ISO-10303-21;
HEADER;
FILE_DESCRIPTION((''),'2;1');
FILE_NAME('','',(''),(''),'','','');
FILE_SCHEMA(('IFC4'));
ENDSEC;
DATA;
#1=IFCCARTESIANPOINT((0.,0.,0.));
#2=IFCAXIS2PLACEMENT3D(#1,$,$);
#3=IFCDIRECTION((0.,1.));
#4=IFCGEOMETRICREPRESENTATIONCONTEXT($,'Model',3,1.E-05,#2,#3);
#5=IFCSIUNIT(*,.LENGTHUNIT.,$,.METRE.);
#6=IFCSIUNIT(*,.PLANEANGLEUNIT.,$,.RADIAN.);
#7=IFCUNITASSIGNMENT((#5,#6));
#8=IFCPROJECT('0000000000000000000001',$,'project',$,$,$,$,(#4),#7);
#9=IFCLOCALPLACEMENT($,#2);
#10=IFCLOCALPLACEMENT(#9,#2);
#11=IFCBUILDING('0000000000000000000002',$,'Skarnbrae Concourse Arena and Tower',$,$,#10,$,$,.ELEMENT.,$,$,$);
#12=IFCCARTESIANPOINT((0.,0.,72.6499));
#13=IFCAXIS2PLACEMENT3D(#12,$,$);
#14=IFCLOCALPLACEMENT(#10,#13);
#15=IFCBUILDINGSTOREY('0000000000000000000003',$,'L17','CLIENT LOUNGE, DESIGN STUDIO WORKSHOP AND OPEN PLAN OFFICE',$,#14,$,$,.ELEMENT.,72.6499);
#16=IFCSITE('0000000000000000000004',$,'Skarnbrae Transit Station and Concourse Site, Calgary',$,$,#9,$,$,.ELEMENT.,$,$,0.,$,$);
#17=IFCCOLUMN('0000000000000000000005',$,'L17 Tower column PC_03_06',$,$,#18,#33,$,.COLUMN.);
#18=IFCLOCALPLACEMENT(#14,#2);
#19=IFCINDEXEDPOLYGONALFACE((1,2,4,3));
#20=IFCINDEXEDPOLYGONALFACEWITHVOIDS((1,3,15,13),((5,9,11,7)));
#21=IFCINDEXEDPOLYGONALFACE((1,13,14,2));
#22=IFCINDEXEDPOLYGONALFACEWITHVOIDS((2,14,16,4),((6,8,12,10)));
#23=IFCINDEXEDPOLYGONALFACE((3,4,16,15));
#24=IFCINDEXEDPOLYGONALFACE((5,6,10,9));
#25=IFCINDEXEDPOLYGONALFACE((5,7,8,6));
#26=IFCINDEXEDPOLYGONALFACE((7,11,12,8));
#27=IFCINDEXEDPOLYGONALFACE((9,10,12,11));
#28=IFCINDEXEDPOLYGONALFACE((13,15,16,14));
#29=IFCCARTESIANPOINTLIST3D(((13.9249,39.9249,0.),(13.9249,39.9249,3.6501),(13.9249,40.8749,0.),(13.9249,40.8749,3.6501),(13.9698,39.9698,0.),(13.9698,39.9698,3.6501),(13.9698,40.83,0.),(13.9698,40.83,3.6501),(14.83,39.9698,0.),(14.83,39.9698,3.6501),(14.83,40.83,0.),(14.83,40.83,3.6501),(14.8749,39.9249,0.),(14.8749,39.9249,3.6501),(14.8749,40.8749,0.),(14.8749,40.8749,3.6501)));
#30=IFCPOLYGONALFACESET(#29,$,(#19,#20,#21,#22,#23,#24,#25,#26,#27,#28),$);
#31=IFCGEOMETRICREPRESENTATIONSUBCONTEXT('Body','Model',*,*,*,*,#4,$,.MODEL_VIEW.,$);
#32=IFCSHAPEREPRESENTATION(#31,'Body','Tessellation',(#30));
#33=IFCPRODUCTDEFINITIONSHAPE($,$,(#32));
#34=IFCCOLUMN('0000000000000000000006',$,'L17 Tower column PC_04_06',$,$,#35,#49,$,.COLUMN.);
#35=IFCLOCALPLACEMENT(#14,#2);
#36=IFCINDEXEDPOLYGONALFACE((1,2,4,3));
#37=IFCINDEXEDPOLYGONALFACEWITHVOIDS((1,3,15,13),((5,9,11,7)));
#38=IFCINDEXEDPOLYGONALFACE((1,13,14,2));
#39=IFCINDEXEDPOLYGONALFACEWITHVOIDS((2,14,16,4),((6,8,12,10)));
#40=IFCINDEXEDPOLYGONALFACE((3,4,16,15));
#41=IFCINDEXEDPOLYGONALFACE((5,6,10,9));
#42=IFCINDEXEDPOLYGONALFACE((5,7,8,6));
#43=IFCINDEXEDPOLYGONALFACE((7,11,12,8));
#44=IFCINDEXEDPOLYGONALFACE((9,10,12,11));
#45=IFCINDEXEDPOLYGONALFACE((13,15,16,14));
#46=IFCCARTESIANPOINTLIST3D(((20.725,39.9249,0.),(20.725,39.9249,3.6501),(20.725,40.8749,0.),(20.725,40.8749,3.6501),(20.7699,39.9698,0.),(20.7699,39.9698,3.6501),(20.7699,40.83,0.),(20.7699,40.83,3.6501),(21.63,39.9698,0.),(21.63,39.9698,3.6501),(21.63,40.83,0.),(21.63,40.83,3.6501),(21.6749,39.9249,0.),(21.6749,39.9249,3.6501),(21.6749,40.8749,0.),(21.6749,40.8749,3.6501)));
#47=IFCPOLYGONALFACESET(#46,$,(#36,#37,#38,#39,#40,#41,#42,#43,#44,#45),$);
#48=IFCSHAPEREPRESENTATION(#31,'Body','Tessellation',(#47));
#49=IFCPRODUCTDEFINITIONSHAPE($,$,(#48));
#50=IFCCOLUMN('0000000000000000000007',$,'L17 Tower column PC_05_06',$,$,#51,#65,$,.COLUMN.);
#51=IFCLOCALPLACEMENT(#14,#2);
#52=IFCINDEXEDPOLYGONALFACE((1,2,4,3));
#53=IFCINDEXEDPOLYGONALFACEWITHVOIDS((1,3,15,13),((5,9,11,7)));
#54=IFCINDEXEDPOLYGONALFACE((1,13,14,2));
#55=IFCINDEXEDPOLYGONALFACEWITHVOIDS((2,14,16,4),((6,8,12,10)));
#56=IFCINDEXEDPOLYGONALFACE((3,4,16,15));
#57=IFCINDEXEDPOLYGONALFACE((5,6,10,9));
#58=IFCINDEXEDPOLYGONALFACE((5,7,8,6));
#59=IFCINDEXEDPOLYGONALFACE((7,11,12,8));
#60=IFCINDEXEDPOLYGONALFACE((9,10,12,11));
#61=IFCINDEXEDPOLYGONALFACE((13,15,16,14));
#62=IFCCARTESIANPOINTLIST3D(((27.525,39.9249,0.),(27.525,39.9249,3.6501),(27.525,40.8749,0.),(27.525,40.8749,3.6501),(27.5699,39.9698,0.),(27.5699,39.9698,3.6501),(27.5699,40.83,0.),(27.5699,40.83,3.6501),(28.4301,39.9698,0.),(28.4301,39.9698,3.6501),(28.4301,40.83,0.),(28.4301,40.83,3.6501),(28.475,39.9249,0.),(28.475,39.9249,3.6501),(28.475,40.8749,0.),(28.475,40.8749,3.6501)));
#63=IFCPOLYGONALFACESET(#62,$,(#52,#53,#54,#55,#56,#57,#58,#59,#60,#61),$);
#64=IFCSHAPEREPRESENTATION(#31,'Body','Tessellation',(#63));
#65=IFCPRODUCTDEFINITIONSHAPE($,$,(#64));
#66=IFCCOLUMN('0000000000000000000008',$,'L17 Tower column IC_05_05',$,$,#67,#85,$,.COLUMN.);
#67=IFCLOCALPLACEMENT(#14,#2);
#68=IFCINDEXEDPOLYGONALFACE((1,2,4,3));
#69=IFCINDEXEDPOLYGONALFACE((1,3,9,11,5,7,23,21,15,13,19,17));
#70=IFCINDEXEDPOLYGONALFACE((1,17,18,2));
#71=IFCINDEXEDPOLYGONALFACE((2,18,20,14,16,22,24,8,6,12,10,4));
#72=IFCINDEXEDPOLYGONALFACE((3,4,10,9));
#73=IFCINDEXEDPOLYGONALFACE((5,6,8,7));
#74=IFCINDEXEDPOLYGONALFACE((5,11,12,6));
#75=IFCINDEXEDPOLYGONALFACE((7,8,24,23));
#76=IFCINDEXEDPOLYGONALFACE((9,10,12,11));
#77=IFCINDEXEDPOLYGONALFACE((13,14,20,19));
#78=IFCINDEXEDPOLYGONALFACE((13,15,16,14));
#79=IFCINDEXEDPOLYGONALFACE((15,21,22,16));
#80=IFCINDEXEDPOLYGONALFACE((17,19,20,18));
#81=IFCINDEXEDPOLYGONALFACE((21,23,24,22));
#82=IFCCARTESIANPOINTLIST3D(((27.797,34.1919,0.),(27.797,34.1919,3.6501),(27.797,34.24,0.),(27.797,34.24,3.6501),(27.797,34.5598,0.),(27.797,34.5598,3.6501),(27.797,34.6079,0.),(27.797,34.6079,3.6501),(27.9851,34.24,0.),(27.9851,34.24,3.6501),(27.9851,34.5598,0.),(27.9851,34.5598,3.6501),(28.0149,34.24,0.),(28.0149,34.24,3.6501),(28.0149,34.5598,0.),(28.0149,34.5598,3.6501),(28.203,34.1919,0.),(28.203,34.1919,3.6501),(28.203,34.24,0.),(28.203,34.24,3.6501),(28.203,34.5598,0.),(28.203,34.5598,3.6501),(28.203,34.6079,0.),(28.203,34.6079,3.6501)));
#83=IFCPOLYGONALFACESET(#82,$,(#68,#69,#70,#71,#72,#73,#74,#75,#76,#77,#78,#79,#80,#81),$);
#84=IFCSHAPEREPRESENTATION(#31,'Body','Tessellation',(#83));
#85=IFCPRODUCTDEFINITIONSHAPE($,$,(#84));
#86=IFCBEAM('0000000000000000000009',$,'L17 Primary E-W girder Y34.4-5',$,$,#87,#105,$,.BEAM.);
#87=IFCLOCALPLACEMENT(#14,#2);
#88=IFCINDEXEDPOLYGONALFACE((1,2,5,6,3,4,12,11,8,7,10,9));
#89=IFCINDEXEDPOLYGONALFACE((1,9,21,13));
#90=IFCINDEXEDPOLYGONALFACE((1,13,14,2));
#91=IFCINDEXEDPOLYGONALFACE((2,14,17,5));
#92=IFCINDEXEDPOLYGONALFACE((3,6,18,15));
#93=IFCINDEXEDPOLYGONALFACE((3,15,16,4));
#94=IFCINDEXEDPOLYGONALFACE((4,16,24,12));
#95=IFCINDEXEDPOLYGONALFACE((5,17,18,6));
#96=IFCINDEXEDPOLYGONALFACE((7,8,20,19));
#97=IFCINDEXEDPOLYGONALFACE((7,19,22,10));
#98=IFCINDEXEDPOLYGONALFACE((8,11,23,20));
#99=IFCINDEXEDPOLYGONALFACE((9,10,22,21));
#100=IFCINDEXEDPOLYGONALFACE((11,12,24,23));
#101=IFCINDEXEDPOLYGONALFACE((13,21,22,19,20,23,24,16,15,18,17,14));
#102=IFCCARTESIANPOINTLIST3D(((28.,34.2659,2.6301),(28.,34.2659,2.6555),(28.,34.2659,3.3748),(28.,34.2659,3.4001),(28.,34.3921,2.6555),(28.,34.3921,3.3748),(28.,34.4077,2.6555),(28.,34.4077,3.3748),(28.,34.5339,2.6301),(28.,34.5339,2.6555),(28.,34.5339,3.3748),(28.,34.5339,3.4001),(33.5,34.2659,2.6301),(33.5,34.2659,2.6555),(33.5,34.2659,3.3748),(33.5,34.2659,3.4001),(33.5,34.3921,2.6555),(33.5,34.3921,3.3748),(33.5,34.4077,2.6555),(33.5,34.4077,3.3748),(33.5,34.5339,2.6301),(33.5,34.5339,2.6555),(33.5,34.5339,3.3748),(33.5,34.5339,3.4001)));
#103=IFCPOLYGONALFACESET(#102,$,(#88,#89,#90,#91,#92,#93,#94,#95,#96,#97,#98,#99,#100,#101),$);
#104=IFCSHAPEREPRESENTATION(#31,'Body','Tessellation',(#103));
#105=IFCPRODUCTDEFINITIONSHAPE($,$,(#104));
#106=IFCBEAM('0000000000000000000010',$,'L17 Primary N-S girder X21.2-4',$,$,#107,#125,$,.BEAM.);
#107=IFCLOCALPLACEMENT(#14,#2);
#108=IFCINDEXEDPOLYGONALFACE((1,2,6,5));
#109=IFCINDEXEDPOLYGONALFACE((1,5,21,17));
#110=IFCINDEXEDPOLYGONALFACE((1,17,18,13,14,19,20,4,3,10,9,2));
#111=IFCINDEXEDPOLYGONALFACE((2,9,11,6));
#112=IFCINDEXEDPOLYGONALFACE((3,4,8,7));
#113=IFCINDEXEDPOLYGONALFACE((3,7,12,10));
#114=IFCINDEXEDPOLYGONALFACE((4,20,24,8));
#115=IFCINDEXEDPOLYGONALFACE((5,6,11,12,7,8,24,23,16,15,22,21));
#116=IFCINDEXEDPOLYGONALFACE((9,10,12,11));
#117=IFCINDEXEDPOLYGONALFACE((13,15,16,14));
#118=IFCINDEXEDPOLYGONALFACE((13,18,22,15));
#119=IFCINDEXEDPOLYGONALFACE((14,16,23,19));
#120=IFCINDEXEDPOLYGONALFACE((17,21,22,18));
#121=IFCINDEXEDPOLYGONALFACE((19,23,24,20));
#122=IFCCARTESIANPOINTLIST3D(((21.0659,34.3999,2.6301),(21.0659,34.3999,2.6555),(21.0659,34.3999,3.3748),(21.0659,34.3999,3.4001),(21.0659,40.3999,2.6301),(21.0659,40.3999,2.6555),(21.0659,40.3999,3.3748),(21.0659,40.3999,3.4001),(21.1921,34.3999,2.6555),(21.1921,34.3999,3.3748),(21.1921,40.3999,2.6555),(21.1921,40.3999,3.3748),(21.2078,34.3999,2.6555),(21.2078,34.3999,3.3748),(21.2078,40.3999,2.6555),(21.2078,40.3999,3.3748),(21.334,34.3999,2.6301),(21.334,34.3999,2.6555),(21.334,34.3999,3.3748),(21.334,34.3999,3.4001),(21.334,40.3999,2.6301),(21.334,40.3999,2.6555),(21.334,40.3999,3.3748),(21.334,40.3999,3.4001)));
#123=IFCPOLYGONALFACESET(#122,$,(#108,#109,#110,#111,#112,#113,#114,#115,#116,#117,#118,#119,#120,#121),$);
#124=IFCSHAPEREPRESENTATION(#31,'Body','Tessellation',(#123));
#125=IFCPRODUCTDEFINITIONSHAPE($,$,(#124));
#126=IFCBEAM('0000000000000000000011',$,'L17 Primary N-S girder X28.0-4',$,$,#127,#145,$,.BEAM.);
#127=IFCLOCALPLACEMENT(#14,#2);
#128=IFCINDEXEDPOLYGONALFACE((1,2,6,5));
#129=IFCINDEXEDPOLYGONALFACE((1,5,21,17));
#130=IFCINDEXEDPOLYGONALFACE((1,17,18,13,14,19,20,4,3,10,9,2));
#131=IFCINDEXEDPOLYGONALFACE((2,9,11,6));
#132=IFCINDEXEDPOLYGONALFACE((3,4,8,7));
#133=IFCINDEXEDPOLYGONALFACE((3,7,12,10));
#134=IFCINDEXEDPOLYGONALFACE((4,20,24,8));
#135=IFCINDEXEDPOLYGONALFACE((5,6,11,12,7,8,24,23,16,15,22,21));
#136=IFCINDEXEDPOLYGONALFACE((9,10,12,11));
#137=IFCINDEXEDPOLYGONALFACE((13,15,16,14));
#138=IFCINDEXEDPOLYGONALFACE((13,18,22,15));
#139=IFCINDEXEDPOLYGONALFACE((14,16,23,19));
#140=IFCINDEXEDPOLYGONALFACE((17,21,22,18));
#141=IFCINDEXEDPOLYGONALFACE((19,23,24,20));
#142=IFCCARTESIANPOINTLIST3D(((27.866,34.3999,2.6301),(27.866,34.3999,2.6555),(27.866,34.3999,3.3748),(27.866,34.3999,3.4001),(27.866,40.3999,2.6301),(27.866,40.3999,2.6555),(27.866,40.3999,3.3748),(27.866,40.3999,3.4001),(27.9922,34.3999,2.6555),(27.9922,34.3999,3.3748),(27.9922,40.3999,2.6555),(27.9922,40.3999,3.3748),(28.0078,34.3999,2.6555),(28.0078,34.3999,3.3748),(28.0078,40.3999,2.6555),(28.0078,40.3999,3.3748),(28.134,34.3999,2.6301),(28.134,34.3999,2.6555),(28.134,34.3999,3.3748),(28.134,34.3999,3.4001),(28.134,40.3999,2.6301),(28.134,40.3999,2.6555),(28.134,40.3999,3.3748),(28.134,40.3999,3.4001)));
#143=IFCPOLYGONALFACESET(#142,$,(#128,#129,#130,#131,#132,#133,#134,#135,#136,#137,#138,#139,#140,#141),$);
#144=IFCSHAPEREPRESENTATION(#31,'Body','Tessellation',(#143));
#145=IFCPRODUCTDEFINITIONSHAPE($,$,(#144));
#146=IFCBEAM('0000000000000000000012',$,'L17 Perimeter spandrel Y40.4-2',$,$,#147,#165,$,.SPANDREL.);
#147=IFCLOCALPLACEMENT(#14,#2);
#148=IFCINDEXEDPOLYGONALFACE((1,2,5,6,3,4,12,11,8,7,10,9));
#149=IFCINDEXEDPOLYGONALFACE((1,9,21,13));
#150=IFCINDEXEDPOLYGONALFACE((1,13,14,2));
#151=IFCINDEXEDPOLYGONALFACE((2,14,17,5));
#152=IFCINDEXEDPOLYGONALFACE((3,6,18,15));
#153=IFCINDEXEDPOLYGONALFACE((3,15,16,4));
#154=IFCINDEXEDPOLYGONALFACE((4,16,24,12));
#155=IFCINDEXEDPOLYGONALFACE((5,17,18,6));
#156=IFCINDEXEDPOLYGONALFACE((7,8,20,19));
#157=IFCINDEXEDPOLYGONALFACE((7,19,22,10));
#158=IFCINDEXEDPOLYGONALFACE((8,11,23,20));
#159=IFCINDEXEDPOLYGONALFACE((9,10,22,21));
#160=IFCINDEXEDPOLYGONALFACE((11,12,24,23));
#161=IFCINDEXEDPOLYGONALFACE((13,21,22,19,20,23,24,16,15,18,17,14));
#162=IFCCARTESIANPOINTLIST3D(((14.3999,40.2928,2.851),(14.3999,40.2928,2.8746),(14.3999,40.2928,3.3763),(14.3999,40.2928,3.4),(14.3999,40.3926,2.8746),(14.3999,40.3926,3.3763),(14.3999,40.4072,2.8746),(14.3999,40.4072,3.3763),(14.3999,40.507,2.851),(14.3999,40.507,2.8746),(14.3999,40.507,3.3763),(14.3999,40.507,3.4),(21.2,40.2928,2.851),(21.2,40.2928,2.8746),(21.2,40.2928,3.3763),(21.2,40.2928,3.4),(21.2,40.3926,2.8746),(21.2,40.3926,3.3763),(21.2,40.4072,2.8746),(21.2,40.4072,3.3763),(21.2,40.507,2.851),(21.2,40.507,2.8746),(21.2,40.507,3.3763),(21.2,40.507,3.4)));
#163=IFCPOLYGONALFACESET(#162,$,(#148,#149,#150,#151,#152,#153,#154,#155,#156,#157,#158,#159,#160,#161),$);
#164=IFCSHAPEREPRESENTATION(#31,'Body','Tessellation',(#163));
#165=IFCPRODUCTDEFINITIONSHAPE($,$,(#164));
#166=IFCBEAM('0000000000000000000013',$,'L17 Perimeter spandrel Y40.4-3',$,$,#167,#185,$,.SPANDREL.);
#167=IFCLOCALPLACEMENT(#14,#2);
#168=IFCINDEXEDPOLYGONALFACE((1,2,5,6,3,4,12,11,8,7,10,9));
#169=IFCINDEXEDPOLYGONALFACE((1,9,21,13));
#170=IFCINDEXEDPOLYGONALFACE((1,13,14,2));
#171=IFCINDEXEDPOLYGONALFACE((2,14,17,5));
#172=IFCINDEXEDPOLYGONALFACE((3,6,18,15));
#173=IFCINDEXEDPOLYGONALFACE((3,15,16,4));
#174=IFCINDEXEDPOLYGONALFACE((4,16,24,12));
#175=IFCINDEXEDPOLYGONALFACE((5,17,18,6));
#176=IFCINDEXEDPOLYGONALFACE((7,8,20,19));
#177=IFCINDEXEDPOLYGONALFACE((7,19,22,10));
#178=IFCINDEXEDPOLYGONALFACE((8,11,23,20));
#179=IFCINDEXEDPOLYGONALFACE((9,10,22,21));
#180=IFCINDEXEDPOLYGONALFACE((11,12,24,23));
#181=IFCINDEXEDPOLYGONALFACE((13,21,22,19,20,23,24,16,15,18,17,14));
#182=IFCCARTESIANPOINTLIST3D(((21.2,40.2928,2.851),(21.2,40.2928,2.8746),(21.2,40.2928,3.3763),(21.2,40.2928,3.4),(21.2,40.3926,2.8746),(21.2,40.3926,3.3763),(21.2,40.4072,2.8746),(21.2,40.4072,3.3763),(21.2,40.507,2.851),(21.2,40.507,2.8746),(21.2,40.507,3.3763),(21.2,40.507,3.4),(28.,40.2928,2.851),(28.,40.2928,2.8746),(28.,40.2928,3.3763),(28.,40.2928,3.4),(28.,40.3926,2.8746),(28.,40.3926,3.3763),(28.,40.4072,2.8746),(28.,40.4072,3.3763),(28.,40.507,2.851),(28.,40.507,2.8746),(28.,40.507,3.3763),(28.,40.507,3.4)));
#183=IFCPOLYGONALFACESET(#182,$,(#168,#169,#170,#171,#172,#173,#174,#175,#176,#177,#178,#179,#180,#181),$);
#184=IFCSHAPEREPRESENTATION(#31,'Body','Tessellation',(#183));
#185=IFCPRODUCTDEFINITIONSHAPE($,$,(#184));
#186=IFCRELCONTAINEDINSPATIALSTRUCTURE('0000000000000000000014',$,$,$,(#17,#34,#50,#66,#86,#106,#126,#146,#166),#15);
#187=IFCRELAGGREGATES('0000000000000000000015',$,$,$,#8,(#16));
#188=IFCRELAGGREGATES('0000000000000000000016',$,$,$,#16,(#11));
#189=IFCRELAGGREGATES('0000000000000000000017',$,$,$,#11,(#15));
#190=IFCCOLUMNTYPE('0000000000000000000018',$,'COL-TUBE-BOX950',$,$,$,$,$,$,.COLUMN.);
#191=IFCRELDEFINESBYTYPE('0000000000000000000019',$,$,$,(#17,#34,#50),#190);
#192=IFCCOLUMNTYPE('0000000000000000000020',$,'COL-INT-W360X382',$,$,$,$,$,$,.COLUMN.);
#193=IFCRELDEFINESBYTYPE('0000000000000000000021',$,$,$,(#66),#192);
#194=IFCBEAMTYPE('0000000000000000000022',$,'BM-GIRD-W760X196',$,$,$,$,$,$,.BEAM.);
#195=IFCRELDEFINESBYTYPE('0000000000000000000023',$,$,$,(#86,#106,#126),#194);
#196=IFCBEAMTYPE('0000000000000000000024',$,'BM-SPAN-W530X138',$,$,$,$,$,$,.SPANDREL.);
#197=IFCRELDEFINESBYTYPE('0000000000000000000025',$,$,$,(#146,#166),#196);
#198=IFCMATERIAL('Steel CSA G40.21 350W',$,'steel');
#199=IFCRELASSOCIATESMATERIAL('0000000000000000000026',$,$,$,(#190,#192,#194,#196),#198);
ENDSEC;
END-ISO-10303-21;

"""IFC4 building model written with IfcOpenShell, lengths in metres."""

from ifc_helpers import new_model, si_unit, direction, frame, origin, origin_2d, place, context, subcontext, project, spatial, hollow_rectangle, i_section, extrude, source, transform, mapped, material, material_profile, profile_set, type_object, element, save


model = new_model("IFC4")

# Units and contexts
model_context = context("Model", 3, precision=1e-05, world=origin(), true_north=direction((0.0, 1.0)))
body_context = subcontext(model_context, "Body", "Model", "MODEL_VIEW")
ifc_project = project(units=[si_unit("LENGTHUNIT", "METRE"), si_unit("PLANEANGLEUNIT", "RADIAN")], contexts=[model_context])

# Site, building, storey
site_placement = place(None, origin())
site = spatial("IfcSite", under=ifc_project, at=site_placement, Name="Skarnbrae Transit Station and Concourse Site, Calgary", CompositionType="ELEMENT", RefElevation=0.0)
building_placement = place(site_placement, origin())
building = spatial("IfcBuilding", under=site, at=building_placement, Name="Skarnbrae Concourse Arena and Tower", CompositionType="ELEMENT")
storey_placement = place(building_placement, frame((0.0, 0.0, 72.6499)))
storey = spatial("IfcBuildingStorey", under=building, at=storey_placement, Name="L17", Description="CLIENT LOUNGE, DESIGN STUDIO WORKSHOP AND OPEN PLAN OFFICE", CompositionType="ELEMENT", Elevation=72.6499)

# Columns
ifc_material_1 = material(Name="Steel CSA G40.21 350W", Category="steel")
ifc_material_profile_1 = material_profile(ifc_material_1, hollow_rectangle(XDim=0.95, YDim=0.95, WallThickness=0.0449, at=origin_2d()), Name="BOX950X950X45")
ifc_profile_set_1 = profile_set([ifc_material_profile_1], Name="Steel CSA G40.21 350W")
column_type_1 = type_object("IfcColumnType", Name="COL-TUBE-BOX950", PredefinedType="COLUMN", material=ifc_profile_set_1)
shared_shape_1 = source(origin(), body_context, "Body", "SweptSolid", [
    extrude(hollow_rectangle(XDim=0.95, YDim=0.95, WallThickness=0.0449, at=origin_2d()), origin(), (0.0, 0.0, 1.0), 3.6501),
])
for number, where, z_axis, x_axis, name in (
    (1, (14.3999, 40.3999, 0.0), (0.0, 0.0, 1.0), (1.0, 0.0, 0.0), "L17 Tower column PC_03_06"),
    (2, (21.2, 40.3999, 0.0), (0.0, 0.0, 1.0), (1.0, 0.0, 0.0), "L17 Tower column PC_04_06"),
    (3, (28.0, 40.3999, 0.0), (0.0, 0.0, 1.0), (1.0, 0.0, 0.0), "L17 Tower column PC_05_06"),
):
    element("IfcColumn", number, at=place(storey_placement, frame(where, z_axis=z_axis, x_axis=x_axis)), inside=storey, type_object=column_type_1, Name=name, PredefinedType="COLUMN", context=body_context, shape_type="MappedRepresentation", body=[
        mapped(shared_shape_1, transform((0.0, 0.0, 0.0))),
    ])
ifc_material_profile_2 = material_profile(ifc_material_1, i_section(OverallWidth=0.406, OverallDepth=0.416, WebThickness=0.0298, FlangeThickness=0.0481, at=origin_2d()), Name="W360X382")
ifc_profile_set_2 = profile_set([ifc_material_profile_2], Name="Steel CSA G40.21 350W")
column_type_2 = type_object("IfcColumnType", Name="COL-INT-W360X382", PredefinedType="COLUMN", material=ifc_profile_set_2)
shared_shape_2 = source(origin(), body_context, "Body", "SweptSolid", [
    extrude(i_section(OverallWidth=0.406, OverallDepth=0.416, WebThickness=0.0298, FlangeThickness=0.0481, at=origin_2d()), origin(), (0.0, 0.0, 1.0), 3.6501),
])
column_placement = place(storey_placement, frame((28.0, 34.3999, 0.0), z_axis=(0.0, 0.0, 1.0), x_axis=(1.0, 0.0, 0.0)))
element("IfcColumn", 4, at=column_placement, inside=storey, type_object=column_type_2, Name="L17 Tower column IC_05_05", PredefinedType="COLUMN", context=body_context, shape_type="MappedRepresentation", body=[
    mapped(shared_shape_2, transform((0.0, 0.0, 0.0))),
])

# Beams
ifc_material_profile_3 = material_profile(ifc_material_1, i_section(OverallWidth=0.2681, OverallDepth=0.77, WebThickness=0.0156, FlangeThickness=0.0254, at=origin_2d()), Name="W760X196")
ifc_profile_set_3 = profile_set([ifc_material_profile_3], Name="Steel CSA G40.21 350W")
beam_type_1 = type_object("IfcBeamType", Name="BM-GIRD-W760X196", PredefinedType="BEAM", material=ifc_profile_set_3)
shared_shape_3 = source(origin(), body_context, "Body", "SweptSolid", [
    extrude(i_section(OverallWidth=0.2681, OverallDepth=0.77, WebThickness=0.0156, FlangeThickness=0.0254, at=origin_2d()), origin(), (0.0, 0.0, 1.0), 5.5),
])
beam_1_placement = place(storey_placement, frame((28.0, 34.3999, 3.0151), z_axis=(1.0, 0.0, 0.0), x_axis=(0.0, 1.0, 0.0)))
element("IfcBeam", 5, at=beam_1_placement, inside=storey, type_object=beam_type_1, Name="L17 Primary E-W girder Y34.4-5", PredefinedType="BEAM", context=body_context, shape_type="MappedRepresentation", body=[
    mapped(shared_shape_3, transform((0.0, 0.0, 0.0))),
])
shared_shape_4 = source(origin(), body_context, "Body", "SweptSolid", [
    extrude(i_section(OverallWidth=0.2681, OverallDepth=0.77, WebThickness=0.0156, FlangeThickness=0.0254, at=origin_2d()), origin(), (0.0, 0.0, 1.0), 6.0),
])
for number, where, z_axis, x_axis, name in (
    (6, (21.2, 34.3999, 3.0151), (0.0, 1.0, 0.0), (-1.0, 0.0, 0.0), "L17 Primary N-S girder X21.2-4"),
    (7, (28.0, 34.3999, 3.0151), (0.0, 1.0, 0.0), (-1.0, 0.0, 0.0), "L17 Primary N-S girder X28.0-4"),
):
    element("IfcBeam", number, at=place(storey_placement, frame(where, z_axis=z_axis, x_axis=x_axis)), inside=storey, type_object=beam_type_1, Name=name, PredefinedType="BEAM", context=body_context, shape_type="MappedRepresentation", body=[
        mapped(shared_shape_4, transform((0.0, 0.0, 0.0))),
    ])
ifc_material_profile_4 = material_profile(ifc_material_1, i_section(OverallWidth=0.2141, OverallDepth=0.5491, WebThickness=0.0146, FlangeThickness=0.0237, at=origin_2d()), Name="W530X138")
ifc_profile_set_4 = profile_set([ifc_material_profile_4], Name="Steel CSA G40.21 350W")
beam_type_2 = type_object("IfcBeamType", Name="BM-SPAN-W530X138", PredefinedType="SPANDREL", material=ifc_profile_set_4)
shared_shape_5 = source(origin(), body_context, "Body", "SweptSolid", [
    extrude(i_section(OverallWidth=0.2141, OverallDepth=0.5491, WebThickness=0.0146, FlangeThickness=0.0237, at=origin_2d()), origin(), (0.0, 0.0, 1.0), 6.8),
])
for number, where, z_axis, x_axis, name in (
    (8, (14.3999, 40.3999, 3.1255), (1.0, 0.0, 0.0), (0.0, 1.0, 0.0), "L17 Perimeter spandrel Y40.4-2"),
    (9, (21.2, 40.3999, 3.1255), (1.0, 0.0, 0.0), (0.0, 1.0, 0.0), "L17 Perimeter spandrel Y40.4-3"),
):
    element("IfcBeam", number, at=place(storey_placement, frame(where, z_axis=z_axis, x_axis=x_axis)), inside=storey, type_object=beam_type_2, Name=name, PredefinedType="SPANDREL", context=body_context, shape_type="MappedRepresentation", body=[
        mapped(shared_shape_5, transform((0.0, 0.0, 0.0))),
    ])

save(model, "model.ifc")
